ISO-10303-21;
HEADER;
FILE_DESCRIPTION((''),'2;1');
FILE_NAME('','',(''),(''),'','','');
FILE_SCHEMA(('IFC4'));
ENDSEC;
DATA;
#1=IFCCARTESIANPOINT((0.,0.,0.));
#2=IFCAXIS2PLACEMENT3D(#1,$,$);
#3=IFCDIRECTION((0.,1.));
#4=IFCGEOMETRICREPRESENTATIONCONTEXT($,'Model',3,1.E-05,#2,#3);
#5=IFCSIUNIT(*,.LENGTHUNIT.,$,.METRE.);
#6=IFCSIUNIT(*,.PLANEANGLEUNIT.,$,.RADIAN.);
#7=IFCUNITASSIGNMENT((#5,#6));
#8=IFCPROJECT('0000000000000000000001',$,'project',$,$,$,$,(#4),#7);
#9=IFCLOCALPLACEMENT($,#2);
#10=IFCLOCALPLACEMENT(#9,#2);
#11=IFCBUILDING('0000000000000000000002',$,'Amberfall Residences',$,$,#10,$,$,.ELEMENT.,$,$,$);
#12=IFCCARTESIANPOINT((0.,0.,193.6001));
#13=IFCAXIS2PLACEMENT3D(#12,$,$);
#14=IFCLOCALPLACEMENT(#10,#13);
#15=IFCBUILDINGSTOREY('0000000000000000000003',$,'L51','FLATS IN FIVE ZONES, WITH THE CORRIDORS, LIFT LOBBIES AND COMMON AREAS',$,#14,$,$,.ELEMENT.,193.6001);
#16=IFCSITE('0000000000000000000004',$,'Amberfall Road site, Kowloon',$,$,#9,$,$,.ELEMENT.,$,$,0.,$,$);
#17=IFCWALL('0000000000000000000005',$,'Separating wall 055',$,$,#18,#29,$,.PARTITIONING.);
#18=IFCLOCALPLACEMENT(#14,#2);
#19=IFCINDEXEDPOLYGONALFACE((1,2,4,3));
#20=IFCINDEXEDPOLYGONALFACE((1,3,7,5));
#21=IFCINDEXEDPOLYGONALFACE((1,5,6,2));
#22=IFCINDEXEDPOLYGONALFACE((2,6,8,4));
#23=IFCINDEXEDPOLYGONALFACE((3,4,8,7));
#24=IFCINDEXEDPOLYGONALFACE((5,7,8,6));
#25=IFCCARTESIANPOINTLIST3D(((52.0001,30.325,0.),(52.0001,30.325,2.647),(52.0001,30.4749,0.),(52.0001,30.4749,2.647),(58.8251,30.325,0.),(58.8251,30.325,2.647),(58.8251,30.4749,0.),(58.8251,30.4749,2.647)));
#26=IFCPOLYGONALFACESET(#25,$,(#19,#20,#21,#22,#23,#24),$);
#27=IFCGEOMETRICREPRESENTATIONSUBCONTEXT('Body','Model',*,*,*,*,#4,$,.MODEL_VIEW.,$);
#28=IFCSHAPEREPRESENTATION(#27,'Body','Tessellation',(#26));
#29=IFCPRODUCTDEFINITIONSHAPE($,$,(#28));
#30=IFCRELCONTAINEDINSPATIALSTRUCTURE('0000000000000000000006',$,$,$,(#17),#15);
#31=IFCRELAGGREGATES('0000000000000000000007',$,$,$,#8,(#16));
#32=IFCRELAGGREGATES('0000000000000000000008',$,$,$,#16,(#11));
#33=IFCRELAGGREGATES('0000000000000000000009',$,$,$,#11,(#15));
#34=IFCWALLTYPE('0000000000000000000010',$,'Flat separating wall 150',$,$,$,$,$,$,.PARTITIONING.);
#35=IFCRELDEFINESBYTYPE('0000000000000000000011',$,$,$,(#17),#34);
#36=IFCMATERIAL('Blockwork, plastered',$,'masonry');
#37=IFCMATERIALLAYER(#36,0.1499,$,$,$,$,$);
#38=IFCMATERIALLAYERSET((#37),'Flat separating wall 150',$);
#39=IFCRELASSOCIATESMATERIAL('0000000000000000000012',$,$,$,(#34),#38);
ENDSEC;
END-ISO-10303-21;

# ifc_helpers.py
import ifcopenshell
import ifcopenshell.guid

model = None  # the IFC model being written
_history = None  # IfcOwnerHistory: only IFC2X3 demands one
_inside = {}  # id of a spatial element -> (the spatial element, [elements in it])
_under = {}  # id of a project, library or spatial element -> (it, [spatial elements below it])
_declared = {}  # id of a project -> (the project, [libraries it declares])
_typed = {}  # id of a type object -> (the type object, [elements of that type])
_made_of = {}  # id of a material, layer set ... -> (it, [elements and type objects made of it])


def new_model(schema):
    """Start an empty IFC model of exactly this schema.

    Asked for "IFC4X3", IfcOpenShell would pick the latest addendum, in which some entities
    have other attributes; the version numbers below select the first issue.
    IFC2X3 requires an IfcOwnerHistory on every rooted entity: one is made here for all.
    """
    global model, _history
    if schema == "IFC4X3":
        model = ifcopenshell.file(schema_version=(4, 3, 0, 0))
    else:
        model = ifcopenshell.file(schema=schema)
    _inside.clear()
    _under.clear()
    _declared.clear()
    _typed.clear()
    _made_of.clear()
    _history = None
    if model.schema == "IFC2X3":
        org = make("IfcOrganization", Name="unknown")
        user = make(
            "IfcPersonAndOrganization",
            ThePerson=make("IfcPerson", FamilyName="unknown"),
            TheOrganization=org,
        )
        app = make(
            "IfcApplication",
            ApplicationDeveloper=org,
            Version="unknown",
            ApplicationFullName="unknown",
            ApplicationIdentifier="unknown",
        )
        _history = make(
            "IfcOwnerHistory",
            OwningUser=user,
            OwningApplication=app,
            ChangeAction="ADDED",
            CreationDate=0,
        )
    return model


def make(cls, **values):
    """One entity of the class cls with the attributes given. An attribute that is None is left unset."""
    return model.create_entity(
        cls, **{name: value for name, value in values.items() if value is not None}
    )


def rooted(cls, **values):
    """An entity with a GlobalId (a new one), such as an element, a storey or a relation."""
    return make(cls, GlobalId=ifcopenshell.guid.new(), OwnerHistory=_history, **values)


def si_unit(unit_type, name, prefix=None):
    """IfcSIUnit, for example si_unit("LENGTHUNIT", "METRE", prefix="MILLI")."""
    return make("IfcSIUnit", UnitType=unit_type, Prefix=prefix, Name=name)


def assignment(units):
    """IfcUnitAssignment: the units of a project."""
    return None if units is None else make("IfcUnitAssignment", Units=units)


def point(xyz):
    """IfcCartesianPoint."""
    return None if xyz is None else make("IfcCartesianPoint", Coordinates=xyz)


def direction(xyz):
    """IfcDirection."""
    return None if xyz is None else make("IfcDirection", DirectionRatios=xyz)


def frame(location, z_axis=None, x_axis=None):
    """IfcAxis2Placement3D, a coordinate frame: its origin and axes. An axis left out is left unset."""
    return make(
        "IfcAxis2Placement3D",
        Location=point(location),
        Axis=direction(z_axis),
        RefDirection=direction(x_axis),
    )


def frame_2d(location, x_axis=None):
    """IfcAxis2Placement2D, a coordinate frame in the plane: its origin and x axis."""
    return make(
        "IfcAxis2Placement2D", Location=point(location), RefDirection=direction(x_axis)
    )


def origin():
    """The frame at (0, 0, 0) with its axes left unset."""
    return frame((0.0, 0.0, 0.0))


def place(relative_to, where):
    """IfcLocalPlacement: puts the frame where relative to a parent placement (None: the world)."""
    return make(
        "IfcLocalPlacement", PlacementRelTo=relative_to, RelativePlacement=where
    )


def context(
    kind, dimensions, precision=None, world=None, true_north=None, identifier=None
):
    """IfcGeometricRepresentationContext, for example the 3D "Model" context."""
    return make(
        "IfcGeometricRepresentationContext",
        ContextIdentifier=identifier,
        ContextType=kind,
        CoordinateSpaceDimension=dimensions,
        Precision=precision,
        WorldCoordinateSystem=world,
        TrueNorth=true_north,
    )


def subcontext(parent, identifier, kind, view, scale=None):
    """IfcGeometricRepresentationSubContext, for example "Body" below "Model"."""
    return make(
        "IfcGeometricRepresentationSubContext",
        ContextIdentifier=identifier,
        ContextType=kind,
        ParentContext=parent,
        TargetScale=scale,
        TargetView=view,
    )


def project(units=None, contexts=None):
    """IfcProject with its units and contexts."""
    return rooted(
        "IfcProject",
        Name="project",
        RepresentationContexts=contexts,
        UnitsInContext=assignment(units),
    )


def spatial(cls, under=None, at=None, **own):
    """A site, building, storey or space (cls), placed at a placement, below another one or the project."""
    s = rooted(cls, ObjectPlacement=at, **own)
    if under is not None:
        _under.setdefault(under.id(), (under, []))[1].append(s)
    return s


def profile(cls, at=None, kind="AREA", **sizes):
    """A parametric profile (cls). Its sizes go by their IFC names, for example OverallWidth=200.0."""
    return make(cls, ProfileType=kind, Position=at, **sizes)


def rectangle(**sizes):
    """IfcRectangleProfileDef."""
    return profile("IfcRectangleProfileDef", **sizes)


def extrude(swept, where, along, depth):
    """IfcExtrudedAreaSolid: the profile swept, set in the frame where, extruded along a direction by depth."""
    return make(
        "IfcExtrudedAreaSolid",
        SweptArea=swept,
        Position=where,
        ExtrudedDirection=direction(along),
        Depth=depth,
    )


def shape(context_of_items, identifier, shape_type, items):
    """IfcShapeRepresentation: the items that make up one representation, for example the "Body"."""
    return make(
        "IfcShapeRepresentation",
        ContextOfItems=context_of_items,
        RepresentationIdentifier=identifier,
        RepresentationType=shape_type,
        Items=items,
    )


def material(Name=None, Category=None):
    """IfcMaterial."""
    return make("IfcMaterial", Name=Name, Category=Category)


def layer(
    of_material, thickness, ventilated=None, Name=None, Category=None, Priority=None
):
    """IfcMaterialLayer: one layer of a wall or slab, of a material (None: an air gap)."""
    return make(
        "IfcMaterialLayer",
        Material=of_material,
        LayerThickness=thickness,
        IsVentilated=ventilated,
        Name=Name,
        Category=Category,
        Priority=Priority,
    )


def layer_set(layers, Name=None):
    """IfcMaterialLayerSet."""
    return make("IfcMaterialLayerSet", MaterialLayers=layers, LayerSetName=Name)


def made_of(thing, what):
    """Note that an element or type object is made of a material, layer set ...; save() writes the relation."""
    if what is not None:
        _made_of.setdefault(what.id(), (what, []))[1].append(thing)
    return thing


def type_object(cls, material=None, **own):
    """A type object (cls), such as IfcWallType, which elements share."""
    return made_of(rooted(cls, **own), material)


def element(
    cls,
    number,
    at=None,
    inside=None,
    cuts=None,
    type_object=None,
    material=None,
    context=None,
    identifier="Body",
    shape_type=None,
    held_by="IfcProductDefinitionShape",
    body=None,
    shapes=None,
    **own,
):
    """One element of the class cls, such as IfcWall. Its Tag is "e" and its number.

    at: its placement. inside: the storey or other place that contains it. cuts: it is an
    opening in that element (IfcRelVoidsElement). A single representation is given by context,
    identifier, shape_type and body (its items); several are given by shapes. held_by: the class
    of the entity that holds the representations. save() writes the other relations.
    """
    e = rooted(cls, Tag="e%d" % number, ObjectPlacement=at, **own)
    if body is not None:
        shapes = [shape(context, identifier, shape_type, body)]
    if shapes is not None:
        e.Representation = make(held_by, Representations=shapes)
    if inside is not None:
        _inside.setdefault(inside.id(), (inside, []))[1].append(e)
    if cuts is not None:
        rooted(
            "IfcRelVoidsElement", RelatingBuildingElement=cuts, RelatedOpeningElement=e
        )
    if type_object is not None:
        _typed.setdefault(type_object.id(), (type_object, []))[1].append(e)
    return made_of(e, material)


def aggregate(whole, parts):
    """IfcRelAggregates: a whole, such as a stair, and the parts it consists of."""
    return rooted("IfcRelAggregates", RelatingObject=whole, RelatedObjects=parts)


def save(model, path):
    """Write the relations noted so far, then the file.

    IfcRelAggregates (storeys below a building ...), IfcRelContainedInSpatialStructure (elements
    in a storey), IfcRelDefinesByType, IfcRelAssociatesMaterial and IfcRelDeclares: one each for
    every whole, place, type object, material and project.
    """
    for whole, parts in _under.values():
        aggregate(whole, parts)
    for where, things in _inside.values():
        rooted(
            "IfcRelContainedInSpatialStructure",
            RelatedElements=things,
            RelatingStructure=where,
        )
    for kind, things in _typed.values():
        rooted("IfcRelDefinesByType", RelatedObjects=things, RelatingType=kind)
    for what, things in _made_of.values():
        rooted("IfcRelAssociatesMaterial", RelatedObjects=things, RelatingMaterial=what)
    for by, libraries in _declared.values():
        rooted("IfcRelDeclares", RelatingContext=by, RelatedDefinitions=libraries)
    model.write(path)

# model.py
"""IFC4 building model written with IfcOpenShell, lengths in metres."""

from ifc_helpers import new_model, si_unit, direction, frame, frame_2d, origin, place, context, subcontext, project, spatial, rectangle, extrude, material, layer, layer_set, type_object, element, save


model = new_model("IFC4")

# Units and contexts
model_context = context("Model", 3, precision=1e-05, world=origin(), true_north=direction((0.0, 1.0)))
body_context = subcontext(model_context, "Body", "Model", "MODEL_VIEW")
ifc_project = project(units=[si_unit("LENGTHUNIT", "METRE"), si_unit("PLANEANGLEUNIT", "RADIAN")], contexts=[model_context])

# Site, building, storey
site_placement = place(None, origin())
site = spatial("IfcSite", under=ifc_project, at=site_placement, Name="Amberfall Road site, Kowloon", CompositionType="ELEMENT", RefElevation=0.0)
building_placement = place(site_placement, origin())
building = spatial("IfcBuilding", under=site, at=building_placement, Name="Amberfall Residences", CompositionType="ELEMENT")
storey_placement = place(building_placement, frame((0.0, 0.0, 193.6001)))
storey = spatial("IfcBuildingStorey", under=building, at=storey_placement, Name="L51", Description="FLATS IN FIVE ZONES, WITH THE CORRIDORS, LIFT LOBBIES AND COMMON AREAS", CompositionType="ELEMENT", Elevation=193.6001)

# Wall
ifc_material_1 = material(Name="Blockwork, plastered", Category="masonry")
ifc_layer_1 = layer(ifc_material_1, 0.1499)
ifc_layer_set_1 = layer_set([ifc_layer_1], Name="Flat separating wall 150")
wall_type_1 = type_object("IfcWallType", Name="Flat separating wall 150", PredefinedType="PARTITIONING", material=ifc_layer_set_1)
wall_1_placement = place(storey_placement, frame((52.0, 30.3999, 0.0), z_axis=(0.0, 0.0, 1.0), x_axis=(1.0, 0.0, 0.0)))
element("IfcWall", 1, at=wall_1_placement, inside=storey, type_object=wall_type_1, Name="Separating wall 055", PredefinedType="PARTITIONING", context=body_context, shape_type="SweptSolid", body=[
    extrude(rectangle(XDim=6.825, YDim=0.1499, at=frame_2d((3.4126, 0.0))), origin(), (0.0, 0.0, 1.0), 2.647),
])

save(model, "model.ifc")
